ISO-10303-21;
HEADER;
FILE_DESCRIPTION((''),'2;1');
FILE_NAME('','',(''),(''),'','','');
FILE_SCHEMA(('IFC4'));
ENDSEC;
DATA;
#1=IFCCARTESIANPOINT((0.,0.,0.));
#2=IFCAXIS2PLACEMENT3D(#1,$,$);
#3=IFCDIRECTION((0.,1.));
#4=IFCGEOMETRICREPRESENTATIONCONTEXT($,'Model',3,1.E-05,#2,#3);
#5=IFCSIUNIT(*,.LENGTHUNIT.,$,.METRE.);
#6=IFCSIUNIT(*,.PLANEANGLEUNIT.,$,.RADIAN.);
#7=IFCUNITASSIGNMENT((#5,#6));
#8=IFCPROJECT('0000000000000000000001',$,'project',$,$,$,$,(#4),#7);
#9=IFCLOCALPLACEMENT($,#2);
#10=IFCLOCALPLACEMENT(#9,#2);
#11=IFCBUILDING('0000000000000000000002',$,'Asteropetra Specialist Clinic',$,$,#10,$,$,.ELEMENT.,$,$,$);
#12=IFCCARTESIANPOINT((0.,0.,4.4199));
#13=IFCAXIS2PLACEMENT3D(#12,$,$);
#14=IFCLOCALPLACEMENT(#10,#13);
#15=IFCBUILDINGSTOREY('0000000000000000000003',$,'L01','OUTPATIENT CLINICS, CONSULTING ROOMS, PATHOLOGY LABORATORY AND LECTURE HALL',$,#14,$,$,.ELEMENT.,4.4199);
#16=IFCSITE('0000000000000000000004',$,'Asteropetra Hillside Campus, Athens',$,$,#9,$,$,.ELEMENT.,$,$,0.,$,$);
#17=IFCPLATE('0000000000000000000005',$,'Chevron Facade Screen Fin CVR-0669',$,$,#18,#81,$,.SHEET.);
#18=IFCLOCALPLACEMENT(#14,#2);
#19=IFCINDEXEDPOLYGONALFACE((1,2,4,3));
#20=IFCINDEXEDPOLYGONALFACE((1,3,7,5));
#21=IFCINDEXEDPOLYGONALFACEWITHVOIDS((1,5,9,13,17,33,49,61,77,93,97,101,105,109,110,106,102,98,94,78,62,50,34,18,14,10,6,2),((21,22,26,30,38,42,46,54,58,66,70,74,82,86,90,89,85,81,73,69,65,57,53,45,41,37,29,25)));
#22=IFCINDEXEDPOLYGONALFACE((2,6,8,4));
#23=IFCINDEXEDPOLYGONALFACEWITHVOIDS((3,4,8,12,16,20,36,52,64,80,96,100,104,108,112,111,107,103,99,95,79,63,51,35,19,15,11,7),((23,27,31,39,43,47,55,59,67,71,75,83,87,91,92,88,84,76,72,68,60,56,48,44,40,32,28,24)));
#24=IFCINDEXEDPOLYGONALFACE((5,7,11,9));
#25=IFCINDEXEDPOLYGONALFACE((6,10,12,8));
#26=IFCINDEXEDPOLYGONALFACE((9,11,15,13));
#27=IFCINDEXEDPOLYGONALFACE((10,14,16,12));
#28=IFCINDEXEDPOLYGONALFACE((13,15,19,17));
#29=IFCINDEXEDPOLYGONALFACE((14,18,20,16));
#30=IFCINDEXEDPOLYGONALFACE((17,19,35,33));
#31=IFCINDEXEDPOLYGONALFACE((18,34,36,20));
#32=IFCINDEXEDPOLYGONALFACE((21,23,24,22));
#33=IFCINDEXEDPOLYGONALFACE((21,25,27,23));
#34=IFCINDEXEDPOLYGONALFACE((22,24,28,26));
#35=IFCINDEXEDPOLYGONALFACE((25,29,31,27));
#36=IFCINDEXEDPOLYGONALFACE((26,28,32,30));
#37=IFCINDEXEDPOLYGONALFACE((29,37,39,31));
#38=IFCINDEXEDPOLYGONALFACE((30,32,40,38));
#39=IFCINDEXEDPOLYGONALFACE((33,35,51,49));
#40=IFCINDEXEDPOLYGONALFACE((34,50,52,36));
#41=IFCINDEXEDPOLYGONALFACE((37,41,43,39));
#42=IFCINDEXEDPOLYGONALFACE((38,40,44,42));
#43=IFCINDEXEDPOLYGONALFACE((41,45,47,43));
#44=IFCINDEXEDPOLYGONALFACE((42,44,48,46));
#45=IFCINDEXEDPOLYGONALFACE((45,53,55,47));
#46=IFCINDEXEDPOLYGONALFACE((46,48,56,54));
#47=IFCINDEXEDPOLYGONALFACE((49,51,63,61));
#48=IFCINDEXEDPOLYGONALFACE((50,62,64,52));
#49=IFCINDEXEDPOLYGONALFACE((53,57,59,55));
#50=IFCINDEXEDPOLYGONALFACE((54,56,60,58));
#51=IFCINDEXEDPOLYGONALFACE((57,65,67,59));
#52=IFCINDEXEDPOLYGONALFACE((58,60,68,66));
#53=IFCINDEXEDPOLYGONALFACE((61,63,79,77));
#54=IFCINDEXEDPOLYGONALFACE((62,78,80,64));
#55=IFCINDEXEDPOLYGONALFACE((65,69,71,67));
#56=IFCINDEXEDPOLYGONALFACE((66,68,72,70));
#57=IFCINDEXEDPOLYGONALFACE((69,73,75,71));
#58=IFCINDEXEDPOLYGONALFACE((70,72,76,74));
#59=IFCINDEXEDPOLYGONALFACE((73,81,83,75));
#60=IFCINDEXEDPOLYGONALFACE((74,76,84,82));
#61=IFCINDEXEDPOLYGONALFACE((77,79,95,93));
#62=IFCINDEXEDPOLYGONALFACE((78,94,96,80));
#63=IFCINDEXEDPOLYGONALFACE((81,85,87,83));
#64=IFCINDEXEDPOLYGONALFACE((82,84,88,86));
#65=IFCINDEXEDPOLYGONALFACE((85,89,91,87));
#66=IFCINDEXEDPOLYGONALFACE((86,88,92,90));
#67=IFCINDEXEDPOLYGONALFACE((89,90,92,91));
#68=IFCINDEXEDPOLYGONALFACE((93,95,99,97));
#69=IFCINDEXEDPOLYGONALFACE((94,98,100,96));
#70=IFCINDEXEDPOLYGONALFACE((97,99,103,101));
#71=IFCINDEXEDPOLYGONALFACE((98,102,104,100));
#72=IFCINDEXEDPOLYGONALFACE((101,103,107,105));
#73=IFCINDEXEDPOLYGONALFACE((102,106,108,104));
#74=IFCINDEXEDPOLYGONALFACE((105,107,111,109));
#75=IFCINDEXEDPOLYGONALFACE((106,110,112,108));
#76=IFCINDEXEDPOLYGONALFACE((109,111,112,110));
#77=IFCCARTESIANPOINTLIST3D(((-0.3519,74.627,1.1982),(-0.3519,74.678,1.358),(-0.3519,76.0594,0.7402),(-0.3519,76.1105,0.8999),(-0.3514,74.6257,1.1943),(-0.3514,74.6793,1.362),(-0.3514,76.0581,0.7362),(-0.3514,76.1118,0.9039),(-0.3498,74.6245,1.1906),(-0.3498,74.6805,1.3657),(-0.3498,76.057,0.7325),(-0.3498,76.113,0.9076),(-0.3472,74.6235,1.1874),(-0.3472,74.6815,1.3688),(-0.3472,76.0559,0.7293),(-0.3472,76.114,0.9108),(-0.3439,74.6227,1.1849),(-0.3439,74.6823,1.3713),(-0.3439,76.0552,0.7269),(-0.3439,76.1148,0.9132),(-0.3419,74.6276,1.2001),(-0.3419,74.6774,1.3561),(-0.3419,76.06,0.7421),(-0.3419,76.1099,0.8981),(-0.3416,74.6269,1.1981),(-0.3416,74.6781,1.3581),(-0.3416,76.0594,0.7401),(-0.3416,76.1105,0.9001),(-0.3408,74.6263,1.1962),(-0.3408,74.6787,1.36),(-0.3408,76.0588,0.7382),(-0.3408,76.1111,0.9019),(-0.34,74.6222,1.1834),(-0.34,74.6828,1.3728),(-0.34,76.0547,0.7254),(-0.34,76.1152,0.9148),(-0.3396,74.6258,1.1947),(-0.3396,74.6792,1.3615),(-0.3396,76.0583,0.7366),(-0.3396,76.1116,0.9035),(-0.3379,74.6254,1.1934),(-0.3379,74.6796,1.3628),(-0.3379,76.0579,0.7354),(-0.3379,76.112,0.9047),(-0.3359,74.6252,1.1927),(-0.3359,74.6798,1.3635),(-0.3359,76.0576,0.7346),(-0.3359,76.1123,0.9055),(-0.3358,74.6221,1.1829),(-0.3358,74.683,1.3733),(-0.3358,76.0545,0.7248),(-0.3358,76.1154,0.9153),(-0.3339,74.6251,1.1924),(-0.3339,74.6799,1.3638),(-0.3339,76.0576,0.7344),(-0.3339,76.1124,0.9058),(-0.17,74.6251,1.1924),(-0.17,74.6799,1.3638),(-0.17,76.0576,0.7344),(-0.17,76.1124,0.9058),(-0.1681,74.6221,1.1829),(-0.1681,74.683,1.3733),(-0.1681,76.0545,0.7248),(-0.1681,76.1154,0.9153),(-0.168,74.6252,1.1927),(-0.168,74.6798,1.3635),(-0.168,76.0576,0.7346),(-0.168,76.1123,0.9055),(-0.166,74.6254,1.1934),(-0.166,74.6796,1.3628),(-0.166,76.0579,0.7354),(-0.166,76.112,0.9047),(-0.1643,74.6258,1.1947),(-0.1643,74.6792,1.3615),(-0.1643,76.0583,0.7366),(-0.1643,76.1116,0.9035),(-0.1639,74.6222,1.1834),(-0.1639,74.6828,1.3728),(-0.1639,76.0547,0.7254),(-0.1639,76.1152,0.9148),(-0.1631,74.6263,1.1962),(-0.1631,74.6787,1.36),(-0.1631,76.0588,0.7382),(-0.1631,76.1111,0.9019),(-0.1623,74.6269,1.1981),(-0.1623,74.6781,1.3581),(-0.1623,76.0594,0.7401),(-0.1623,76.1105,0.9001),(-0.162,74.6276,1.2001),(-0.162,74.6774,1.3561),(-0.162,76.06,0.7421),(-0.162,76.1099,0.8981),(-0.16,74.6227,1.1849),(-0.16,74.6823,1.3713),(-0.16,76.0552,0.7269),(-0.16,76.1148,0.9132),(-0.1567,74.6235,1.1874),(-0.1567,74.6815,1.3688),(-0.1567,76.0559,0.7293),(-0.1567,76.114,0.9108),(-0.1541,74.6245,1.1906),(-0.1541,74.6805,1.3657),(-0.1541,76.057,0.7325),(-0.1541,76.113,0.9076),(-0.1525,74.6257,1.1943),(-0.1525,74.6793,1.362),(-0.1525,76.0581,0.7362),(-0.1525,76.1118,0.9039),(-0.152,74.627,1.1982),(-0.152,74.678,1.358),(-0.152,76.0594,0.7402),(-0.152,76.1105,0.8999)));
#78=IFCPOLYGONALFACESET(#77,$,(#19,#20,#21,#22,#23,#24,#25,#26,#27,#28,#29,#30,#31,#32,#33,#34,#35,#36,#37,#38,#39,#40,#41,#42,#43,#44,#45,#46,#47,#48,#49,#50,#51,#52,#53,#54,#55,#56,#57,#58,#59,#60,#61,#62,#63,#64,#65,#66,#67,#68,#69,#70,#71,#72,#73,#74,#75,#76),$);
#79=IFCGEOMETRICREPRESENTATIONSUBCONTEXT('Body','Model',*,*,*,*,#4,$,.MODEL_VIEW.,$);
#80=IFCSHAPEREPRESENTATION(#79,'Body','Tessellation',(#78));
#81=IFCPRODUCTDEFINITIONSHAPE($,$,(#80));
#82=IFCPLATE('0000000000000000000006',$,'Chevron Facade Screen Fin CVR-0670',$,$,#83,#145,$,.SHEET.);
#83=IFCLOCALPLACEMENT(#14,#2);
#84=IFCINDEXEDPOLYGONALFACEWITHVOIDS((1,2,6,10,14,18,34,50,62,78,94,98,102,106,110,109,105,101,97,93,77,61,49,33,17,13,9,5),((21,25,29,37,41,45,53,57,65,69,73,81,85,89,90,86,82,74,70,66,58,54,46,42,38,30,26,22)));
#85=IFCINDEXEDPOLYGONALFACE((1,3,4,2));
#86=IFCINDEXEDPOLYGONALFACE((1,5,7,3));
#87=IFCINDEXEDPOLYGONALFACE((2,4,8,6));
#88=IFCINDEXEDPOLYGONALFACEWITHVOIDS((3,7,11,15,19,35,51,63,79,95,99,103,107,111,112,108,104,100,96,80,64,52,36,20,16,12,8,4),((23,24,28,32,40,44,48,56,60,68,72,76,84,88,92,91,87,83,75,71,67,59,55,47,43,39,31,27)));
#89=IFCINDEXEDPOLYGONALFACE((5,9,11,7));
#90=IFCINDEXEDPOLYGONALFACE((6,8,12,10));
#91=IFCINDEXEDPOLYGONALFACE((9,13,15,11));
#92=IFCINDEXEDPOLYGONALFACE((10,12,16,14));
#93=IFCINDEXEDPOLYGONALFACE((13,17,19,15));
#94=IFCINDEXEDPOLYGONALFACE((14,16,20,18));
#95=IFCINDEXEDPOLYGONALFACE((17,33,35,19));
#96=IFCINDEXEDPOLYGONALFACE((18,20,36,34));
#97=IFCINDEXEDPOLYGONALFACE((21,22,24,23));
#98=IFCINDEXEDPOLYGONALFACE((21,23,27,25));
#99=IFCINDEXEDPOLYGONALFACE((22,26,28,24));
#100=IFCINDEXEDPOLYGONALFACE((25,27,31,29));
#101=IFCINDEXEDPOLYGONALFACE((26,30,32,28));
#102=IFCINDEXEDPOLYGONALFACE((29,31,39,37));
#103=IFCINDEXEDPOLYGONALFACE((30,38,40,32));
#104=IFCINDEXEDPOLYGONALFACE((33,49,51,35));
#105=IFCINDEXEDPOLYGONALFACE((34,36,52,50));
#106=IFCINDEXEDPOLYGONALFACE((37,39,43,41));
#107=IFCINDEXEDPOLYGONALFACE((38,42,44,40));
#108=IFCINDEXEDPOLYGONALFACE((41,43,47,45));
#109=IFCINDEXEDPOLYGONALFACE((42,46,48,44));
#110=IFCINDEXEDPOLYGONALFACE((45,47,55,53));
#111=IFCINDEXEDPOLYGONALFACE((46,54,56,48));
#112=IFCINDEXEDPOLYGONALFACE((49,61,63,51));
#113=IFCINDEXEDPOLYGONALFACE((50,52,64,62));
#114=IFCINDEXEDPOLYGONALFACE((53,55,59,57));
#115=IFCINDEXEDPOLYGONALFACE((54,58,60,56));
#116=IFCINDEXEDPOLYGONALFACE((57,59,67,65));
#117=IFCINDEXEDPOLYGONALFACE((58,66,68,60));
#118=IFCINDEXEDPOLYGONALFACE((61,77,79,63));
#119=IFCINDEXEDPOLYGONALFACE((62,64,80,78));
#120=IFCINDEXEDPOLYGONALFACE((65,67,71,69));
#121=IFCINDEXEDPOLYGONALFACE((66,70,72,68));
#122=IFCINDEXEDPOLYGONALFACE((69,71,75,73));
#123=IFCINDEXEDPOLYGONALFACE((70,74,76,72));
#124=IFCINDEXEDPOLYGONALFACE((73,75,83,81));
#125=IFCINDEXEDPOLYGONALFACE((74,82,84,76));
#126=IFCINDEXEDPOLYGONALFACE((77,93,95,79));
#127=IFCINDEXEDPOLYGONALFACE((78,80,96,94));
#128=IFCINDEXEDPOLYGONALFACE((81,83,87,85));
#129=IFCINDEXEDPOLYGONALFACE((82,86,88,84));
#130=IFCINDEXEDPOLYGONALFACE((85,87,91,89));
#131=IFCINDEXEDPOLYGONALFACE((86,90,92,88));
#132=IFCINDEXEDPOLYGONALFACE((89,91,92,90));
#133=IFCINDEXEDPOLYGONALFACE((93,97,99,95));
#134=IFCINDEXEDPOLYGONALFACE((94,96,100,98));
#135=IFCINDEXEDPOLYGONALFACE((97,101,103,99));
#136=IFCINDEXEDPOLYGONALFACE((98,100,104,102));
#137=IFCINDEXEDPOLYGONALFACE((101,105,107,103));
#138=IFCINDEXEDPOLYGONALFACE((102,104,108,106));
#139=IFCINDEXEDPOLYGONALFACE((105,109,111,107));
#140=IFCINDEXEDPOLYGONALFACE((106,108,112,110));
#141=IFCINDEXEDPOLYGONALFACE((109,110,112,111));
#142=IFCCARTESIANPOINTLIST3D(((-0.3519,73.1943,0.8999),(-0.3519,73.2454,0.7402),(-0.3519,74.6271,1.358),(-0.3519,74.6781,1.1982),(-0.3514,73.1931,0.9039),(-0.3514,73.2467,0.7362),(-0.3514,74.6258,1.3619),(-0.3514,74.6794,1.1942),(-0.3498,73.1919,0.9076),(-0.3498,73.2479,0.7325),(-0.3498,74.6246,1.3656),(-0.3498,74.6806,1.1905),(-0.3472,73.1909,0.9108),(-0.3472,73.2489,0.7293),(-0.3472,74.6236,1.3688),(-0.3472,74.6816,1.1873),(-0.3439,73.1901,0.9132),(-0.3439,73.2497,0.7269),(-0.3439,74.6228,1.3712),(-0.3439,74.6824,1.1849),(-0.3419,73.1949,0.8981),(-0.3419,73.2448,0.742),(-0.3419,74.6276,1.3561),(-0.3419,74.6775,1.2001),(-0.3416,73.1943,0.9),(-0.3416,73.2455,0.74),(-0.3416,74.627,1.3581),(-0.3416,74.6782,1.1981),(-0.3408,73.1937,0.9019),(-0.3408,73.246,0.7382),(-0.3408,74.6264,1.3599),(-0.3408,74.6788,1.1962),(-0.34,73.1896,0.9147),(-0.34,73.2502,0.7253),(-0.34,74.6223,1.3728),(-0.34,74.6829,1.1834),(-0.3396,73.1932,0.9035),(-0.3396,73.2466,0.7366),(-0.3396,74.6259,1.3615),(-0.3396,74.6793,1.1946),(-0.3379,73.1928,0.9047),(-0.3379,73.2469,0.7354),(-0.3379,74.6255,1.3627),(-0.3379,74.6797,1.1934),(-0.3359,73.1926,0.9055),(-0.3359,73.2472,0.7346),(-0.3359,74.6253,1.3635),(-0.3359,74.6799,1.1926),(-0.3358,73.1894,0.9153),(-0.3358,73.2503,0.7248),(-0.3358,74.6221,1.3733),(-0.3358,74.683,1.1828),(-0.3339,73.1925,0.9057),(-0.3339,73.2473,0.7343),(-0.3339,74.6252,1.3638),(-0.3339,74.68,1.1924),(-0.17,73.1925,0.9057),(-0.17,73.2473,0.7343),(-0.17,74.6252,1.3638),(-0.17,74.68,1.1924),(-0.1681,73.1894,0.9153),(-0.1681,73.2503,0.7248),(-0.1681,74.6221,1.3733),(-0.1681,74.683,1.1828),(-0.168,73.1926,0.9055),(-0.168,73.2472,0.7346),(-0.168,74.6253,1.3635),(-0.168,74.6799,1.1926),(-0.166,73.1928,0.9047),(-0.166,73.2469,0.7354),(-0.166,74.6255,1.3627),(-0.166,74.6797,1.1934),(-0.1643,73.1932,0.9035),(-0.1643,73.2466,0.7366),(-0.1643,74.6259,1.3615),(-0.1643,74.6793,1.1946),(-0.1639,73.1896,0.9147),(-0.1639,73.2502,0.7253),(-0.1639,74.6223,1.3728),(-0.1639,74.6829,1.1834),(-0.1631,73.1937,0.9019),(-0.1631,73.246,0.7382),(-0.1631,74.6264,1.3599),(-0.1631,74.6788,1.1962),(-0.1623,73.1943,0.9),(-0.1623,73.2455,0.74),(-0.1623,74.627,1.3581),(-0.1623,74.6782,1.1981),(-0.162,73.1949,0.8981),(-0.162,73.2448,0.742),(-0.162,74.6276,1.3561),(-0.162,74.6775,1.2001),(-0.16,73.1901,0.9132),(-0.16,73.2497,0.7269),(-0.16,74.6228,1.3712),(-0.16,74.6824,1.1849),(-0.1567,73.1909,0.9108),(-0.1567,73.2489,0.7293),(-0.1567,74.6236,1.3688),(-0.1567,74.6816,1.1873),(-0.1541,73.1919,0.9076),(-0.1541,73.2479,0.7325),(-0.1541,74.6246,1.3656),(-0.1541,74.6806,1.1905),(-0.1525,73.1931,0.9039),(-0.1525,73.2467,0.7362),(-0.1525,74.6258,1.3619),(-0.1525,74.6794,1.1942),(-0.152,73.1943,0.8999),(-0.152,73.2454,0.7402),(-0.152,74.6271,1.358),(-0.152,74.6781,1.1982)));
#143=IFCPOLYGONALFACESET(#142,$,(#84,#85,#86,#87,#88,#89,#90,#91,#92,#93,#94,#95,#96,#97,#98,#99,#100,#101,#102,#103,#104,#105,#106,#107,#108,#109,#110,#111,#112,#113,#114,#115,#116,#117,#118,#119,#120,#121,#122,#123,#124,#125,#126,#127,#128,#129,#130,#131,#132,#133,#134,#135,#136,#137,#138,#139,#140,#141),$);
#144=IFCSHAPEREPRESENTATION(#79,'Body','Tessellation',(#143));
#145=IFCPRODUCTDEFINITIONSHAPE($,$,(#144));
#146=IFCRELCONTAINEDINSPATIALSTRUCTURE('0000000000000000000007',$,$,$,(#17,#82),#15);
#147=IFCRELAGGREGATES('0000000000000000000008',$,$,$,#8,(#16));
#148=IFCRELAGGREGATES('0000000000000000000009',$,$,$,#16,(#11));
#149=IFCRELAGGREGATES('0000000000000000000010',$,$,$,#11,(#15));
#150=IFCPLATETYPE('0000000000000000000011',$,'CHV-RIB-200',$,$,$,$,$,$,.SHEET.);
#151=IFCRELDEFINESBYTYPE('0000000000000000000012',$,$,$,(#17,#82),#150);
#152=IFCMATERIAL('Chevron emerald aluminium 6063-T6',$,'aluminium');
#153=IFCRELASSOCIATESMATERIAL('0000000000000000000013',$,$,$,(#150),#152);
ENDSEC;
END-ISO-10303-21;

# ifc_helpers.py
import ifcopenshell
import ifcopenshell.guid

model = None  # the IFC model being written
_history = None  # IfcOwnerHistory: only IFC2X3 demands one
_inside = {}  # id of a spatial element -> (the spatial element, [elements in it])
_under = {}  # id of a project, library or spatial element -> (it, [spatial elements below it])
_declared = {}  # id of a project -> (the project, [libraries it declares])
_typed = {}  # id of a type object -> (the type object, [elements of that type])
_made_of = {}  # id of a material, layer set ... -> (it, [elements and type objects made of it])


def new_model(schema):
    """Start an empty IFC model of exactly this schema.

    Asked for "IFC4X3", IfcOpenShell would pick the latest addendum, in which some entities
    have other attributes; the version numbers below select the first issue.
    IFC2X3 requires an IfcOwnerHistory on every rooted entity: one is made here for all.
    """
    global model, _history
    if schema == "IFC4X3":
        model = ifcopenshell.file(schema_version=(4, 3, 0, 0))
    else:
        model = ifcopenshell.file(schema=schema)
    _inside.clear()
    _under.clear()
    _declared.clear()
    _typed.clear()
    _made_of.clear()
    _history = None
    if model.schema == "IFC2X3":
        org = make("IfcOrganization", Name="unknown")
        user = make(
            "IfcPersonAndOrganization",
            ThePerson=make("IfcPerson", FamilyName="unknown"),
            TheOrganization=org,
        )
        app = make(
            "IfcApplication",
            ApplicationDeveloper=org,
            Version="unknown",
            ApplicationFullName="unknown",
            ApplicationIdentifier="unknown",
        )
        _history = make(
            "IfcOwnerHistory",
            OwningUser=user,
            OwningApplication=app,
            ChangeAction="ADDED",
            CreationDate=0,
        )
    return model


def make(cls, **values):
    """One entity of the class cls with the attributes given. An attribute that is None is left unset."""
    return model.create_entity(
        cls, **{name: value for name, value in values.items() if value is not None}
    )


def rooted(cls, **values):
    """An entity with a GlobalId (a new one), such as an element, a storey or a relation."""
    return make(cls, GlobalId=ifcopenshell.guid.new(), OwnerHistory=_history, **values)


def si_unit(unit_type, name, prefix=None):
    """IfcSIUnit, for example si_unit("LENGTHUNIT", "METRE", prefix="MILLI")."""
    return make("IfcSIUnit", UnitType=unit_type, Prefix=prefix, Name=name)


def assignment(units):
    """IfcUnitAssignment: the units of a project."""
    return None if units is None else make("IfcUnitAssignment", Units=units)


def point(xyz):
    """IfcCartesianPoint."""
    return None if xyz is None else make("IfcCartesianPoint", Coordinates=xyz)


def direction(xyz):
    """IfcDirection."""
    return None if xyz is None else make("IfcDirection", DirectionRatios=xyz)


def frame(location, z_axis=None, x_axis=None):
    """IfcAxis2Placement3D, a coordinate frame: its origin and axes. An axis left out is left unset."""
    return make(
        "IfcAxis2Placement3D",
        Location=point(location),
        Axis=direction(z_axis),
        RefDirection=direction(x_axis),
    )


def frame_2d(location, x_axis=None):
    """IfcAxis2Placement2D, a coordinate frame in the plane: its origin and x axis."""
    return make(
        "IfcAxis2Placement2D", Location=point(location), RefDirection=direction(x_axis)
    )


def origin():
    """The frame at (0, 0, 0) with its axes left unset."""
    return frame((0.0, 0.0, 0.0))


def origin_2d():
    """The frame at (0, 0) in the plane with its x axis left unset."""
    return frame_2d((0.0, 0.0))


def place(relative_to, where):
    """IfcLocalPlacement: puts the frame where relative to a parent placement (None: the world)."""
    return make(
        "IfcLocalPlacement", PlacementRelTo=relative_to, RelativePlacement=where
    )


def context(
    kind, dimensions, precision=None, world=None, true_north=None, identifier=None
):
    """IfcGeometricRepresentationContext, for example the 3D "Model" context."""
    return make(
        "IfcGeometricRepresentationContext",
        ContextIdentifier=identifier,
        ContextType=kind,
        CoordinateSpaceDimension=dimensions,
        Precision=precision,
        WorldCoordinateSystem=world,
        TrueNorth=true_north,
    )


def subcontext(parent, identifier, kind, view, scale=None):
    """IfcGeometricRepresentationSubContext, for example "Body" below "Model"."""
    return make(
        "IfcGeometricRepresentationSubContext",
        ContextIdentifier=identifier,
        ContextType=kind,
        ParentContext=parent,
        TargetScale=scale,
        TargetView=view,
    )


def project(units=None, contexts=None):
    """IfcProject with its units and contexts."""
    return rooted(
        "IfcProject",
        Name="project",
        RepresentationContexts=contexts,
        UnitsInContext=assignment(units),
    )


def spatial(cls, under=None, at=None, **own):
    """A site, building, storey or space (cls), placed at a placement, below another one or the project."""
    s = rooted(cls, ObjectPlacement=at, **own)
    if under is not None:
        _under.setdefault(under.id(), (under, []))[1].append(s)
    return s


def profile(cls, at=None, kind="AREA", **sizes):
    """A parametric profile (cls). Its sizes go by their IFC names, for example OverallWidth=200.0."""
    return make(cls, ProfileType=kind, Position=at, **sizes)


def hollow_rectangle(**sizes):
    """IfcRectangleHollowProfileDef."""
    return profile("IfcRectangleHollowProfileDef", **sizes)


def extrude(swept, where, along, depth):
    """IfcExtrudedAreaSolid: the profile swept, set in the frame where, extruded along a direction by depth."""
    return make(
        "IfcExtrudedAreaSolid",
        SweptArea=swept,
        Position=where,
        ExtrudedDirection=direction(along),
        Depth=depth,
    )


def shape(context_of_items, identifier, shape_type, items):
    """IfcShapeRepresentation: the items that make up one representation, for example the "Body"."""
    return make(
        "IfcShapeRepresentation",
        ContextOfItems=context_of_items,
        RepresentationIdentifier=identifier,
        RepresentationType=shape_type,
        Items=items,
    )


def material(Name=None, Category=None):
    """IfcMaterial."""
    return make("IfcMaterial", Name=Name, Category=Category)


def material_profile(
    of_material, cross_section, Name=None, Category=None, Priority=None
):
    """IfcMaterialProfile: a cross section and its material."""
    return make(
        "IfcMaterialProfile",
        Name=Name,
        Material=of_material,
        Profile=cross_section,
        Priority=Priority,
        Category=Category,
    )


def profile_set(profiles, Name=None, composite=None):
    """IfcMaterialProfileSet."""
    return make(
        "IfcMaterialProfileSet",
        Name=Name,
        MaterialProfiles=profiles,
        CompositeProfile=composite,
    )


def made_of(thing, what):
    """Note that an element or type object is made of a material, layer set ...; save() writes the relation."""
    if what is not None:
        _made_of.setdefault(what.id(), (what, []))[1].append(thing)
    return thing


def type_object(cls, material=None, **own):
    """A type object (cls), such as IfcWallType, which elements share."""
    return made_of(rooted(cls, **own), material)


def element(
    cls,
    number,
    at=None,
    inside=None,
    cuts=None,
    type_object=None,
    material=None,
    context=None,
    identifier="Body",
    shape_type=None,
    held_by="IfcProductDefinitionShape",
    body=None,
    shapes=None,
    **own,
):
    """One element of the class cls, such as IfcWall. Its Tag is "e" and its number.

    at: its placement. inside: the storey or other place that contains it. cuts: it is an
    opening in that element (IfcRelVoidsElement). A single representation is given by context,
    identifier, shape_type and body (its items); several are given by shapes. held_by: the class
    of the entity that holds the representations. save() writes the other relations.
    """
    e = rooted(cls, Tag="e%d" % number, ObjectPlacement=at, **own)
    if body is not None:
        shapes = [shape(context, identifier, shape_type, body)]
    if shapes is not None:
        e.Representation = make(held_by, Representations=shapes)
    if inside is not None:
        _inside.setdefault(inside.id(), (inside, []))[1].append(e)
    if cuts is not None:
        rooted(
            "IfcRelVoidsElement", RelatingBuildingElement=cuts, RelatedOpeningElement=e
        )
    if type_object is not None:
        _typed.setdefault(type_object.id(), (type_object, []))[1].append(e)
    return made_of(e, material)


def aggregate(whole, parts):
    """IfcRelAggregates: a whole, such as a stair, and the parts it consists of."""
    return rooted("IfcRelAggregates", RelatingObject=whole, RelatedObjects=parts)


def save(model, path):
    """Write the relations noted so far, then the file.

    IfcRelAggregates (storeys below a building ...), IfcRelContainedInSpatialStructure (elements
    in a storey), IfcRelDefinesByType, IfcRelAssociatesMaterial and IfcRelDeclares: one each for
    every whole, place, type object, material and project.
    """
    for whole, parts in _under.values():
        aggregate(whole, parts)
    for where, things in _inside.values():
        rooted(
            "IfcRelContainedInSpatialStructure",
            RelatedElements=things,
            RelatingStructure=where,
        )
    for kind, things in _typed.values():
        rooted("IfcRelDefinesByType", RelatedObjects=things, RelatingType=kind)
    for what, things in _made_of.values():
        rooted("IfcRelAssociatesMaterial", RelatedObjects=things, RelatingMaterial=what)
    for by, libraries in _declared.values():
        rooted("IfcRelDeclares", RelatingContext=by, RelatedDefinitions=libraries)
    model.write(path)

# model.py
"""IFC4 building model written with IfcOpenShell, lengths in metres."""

from ifc_helpers import new_model, si_unit, direction, frame, origin, origin_2d, place, context, subcontext, project, spatial, hollow_rectangle, extrude, material, material_profile, profile_set, type_object, element, save


model = new_model("IFC4")

# Units and contexts
model_context = context("Model", 3, precision=1e-05, world=origin(), true_north=direction((0.0, 1.0)))
body_context = subcontext(model_context, "Body", "Model", "MODEL_VIEW")
ifc_project = project(units=[si_unit("LENGTHUNIT", "METRE"), si_unit("PLANEANGLEUNIT", "RADIAN")], contexts=[model_context])

# Site, building, storey
site_placement = place(None, origin())
site = spatial("IfcSite", under=ifc_project, at=site_placement, Name="Asteropetra Hillside Campus, Athens", CompositionType="ELEMENT", RefElevation=0.0)
building_placement = place(site_placement, origin())
building = spatial("IfcBuilding", under=site, at=building_placement, Name="Asteropetra Specialist Clinic", CompositionType="ELEMENT")
storey_placement = place(building_placement, frame((0.0, 0.0, 4.4199)))
storey = spatial("IfcBuildingStorey", under=building, at=storey_placement, Name="L01", Description="OUTPATIENT CLINICS, CONSULTING ROOMS, PATHOLOGY LABORATORY AND LECTURE HALL", CompositionType="ELEMENT", Elevation=4.4199)

# Plates
ifc_material_1 = material(Name="Chevron emerald aluminium 6063-T6", Category="aluminium")
ifc_material_profile = material_profile(ifc_material_1, hollow_rectangle(XDim=0.2, YDim=0.2, WallThickness=0.01, InnerFilletRadius=0.0081, OuterFilletRadius=0.0161, at=origin_2d()), Name="SHS 200x200x10.0")
ifc_profile_set = profile_set([ifc_material_profile], Name="Chevron emerald aluminium 6063-T6")
plate_type_1 = type_object("IfcPlateType", Name="CHV-RIB-200", PredefinedType="SHEET", material=ifc_profile_set)
plate_1_placement = place(storey_placement, frame((-0.252, 76.085, 0.8201), z_axis=(0.0, -0.952492, 0.304564), x_axis=(1.0, 0.0, 0.0)))
element("IfcPlate", 1, at=plate_1_placement, inside=storey, type_object=plate_type_1, Name="Chevron Facade Screen Fin CVR-0669", PredefinedType="SHEET", context=body_context, shape_type="SweptSolid", body=[
    extrude(hollow_rectangle(XDim=0.2, YDim=0.2, WallThickness=0.01, InnerFilletRadius=0.0081, OuterFilletRadius=0.0161, at=origin_2d()), origin(), (0.0, 0.0, 1.0), 1.5039),
])
plate_2_placement = place(storey_placement, frame((-0.252, 74.6526, 1.2781), z_axis=(0.0, -0.952507, -0.304517), x_axis=(1.0, 0.0, 0.0)))
element("IfcPlate", 2, at=plate_2_placement, inside=storey, type_object=plate_type_1, Name="Chevron Facade Screen Fin CVR-0670", PredefinedType="SHEET", context=body_context, shape_type="SweptSolid", body=[
    extrude(hollow_rectangle(XDim=0.2, YDim=0.2, WallThickness=0.01, InnerFilletRadius=0.0081, OuterFilletRadius=0.0161, at=origin_2d()), origin(), (0.0, 0.0, 1.0), 1.5042),
])

save(model, "model.ifc")
